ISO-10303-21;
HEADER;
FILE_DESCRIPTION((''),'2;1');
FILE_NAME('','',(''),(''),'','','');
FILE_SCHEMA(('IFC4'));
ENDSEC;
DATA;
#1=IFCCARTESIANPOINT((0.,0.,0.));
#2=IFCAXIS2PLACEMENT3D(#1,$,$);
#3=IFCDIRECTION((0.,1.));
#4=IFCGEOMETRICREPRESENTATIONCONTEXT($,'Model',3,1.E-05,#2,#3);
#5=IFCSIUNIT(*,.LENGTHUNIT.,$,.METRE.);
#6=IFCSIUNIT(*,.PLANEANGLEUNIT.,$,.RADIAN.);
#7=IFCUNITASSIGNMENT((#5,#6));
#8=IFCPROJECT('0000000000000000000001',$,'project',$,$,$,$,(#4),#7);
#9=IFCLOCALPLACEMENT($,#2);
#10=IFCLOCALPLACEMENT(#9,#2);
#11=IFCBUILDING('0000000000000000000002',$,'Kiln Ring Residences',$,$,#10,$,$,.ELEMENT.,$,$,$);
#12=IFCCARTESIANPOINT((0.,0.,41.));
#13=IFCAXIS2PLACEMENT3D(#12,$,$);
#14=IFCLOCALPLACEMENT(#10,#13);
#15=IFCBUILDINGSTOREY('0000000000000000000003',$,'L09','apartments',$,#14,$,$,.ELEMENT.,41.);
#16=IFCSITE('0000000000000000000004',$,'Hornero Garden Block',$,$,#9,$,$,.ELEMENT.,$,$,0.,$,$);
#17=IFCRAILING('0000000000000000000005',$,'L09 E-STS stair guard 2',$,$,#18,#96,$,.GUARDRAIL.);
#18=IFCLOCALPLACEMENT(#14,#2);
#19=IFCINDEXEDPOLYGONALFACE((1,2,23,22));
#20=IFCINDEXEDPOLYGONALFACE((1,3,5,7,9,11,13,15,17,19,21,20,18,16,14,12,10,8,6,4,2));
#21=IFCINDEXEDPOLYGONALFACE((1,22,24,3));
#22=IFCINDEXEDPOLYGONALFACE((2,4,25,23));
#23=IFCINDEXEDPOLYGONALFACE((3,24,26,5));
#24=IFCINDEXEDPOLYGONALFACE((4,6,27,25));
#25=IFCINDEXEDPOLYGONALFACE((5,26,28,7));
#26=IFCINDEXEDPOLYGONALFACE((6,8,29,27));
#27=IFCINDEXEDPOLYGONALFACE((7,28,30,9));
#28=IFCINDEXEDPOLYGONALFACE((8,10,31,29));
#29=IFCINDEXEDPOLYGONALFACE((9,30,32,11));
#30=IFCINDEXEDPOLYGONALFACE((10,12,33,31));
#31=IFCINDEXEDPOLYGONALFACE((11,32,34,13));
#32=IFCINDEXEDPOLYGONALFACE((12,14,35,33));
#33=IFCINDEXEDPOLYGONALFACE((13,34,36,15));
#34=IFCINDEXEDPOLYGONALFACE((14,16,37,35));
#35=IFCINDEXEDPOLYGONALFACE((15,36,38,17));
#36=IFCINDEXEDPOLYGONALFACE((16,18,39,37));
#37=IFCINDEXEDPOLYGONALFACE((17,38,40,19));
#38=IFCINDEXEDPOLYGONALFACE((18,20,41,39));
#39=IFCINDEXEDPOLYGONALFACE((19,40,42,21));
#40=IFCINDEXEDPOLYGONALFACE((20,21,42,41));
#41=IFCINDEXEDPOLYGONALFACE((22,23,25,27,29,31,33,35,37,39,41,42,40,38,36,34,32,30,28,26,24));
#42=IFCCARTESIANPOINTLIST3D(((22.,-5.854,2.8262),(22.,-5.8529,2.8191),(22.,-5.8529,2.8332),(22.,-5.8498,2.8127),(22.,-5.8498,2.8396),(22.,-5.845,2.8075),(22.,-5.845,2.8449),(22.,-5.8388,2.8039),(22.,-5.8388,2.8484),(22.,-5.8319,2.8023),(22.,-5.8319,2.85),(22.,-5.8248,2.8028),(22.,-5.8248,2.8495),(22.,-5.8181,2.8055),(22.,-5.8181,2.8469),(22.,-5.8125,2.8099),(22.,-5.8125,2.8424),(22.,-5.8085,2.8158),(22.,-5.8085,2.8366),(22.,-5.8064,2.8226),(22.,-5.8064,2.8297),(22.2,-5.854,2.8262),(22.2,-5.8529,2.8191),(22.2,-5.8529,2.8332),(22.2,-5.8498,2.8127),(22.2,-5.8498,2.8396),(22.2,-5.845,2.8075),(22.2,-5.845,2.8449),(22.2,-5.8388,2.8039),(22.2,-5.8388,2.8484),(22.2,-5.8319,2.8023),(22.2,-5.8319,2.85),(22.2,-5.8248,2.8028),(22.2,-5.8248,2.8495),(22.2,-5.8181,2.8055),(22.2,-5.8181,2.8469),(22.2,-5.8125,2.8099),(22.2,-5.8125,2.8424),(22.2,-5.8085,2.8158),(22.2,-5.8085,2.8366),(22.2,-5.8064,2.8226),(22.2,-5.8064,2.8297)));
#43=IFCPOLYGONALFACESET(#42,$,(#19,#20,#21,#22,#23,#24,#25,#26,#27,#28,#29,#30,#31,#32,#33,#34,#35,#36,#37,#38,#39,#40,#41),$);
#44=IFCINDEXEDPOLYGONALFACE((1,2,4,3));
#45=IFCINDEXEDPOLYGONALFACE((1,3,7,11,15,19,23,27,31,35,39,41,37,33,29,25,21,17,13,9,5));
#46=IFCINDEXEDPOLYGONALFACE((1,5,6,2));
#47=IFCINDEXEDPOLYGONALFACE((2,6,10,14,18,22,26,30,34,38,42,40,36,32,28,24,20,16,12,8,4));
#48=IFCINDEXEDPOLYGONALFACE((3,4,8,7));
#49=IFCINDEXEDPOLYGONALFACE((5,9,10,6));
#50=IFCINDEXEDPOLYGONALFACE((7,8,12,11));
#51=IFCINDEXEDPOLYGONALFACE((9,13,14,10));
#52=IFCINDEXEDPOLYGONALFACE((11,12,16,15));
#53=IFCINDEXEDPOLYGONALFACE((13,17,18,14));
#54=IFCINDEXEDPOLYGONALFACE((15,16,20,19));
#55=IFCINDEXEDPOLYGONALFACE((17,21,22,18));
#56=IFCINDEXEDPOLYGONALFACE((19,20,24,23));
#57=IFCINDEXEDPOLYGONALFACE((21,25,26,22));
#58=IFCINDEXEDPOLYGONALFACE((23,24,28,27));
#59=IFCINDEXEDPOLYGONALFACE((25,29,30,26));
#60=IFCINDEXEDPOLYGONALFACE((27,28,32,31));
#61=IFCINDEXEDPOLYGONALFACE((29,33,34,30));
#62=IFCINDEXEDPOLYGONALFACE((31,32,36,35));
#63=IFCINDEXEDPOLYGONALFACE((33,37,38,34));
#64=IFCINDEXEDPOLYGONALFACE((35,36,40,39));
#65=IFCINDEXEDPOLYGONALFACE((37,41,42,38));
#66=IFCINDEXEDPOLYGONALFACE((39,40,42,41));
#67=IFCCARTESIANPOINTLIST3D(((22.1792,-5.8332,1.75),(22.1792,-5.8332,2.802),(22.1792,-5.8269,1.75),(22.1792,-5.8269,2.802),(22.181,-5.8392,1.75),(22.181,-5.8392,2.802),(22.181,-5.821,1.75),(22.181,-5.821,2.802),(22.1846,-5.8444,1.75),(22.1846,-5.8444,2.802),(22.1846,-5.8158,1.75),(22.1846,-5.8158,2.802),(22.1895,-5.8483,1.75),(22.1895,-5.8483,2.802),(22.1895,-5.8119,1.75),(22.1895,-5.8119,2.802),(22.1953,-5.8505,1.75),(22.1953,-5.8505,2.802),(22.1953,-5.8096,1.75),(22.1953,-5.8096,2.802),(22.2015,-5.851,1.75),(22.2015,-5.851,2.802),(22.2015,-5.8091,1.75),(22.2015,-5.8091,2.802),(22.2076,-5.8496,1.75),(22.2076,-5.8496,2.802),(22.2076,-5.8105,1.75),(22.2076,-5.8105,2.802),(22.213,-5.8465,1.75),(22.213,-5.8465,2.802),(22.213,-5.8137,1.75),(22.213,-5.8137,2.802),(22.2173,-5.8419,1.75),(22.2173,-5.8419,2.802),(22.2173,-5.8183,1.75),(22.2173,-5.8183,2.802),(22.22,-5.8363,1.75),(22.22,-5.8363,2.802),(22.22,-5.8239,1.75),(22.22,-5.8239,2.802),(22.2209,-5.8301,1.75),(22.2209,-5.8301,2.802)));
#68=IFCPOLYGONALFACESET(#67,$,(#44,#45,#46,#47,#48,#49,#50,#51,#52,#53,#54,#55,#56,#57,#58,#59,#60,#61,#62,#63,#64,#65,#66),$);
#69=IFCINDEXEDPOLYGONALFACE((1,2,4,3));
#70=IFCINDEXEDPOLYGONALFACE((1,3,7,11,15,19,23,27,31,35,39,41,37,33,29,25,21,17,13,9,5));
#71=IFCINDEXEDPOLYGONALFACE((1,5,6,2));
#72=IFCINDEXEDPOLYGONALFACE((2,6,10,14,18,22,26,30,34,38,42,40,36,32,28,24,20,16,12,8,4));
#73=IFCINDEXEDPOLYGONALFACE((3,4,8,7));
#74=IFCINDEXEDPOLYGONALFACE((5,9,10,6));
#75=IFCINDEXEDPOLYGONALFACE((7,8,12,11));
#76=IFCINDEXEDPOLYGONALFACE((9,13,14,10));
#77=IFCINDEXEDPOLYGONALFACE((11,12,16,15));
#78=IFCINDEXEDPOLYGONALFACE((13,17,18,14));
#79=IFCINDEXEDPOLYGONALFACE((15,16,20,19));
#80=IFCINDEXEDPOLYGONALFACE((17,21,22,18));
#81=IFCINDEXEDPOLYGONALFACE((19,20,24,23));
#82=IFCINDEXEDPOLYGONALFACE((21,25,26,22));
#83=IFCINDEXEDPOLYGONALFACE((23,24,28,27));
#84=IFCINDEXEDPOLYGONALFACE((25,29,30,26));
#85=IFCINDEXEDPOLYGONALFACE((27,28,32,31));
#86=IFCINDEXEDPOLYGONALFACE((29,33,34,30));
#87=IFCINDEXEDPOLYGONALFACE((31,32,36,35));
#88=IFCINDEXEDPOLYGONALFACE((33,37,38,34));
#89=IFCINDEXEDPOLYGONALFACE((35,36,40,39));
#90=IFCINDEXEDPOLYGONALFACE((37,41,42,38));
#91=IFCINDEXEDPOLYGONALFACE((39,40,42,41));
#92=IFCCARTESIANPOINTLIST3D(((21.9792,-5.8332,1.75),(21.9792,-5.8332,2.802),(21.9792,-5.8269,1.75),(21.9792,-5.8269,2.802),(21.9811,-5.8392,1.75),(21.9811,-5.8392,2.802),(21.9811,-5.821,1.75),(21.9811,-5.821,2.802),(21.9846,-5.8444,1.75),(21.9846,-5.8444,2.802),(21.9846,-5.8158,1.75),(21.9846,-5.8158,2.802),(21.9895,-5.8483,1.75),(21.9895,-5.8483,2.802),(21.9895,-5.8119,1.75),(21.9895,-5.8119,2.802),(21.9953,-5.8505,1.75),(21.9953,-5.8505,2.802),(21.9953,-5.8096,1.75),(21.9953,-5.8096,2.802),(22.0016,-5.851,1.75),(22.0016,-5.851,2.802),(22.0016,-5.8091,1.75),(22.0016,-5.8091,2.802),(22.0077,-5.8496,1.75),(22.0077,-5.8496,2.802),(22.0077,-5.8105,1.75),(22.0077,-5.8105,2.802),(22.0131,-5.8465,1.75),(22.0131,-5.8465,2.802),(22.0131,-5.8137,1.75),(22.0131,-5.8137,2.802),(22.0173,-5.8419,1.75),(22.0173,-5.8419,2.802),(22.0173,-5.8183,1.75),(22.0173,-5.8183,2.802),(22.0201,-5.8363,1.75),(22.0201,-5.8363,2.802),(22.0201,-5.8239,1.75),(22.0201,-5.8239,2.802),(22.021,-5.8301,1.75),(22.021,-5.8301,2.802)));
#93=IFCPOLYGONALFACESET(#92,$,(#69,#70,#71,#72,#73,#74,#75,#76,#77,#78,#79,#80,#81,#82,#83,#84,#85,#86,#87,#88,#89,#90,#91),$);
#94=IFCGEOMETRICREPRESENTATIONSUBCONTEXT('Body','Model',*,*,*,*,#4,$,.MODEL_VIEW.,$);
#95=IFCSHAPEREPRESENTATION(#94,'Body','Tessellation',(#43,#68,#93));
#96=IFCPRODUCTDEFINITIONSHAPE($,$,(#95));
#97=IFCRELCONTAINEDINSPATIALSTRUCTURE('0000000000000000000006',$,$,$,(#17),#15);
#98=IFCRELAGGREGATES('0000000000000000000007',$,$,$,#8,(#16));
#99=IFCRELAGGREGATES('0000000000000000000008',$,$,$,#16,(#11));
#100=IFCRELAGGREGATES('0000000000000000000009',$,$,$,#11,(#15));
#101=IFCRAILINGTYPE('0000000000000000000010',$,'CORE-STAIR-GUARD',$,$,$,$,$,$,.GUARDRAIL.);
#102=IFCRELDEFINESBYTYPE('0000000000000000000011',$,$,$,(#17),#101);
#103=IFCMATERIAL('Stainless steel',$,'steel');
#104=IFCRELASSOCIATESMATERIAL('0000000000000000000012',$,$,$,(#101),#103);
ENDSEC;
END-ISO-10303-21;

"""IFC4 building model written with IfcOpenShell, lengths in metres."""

from ifc_helpers import new_model, si_unit, direction, frame, origin, origin_2d, place, context, subcontext, project, spatial, circle, extrude, material, type_object, element, save


model = new_model("IFC4")

# Units and contexts
model_context = context("Model", 3, precision=1e-05, world=origin(), true_north=direction((0.0, 1.0)))
body_context = subcontext(model_context, "Body", "Model", "MODEL_VIEW")
ifc_project = project(units=[si_unit("LENGTHUNIT", "METRE"), si_unit("PLANEANGLEUNIT", "RADIAN")], contexts=[model_context])

# Site, building, storey
site_placement = place(None, origin())
site = spatial("IfcSite", under=ifc_project, at=site_placement, Name="Hornero Garden Block", CompositionType="ELEMENT", RefElevation=0.0)
building_placement = place(site_placement, origin())
building = spatial("IfcBuilding", under=site, at=building_placement, Name="Kiln Ring Residences", CompositionType="ELEMENT")
storey_placement = place(building_placement, frame((0.0, 0.0, 41.0)))
storey = spatial("IfcBuildingStorey", under=building, at=storey_placement, Name="L09", Description="apartments", CompositionType="ELEMENT", Elevation=41.0)

# Railing
ifc_material_1 = material(Name="Stainless steel", Category="steel")
railing_type_1 = type_object("IfcRailingType", Name="CORE-STAIR-GUARD", PredefinedType="GUARDRAIL", material=ifc_material_1)
railing_1_placement = place(storey_placement, frame((22.2, -5.8301, 1.75)))
element("IfcRailing", 1, at=railing_1_placement, inside=storey, type_object=railing_type_1, Name="L09 E-STS stair guard 2", PredefinedType="GUARDRAIL", context=body_context, shape_type="SweptSolid", body=[
    extrude(circle(Radius=0.0239, at=origin_2d()), frame((0.0, 0.0, 1.0762), z_axis=(-1.0, 0.0, 0.0), x_axis=(0.0, -1.0, 0.0)), (0.0, 0.0, 1.0), 0.2),
    extrude(circle(Radius=0.021, at=origin_2d()), origin(), (0.0, 0.0, 1.0), 1.052),
    extrude(circle(Radius=0.021, at=origin_2d()), frame((-0.2, 0.0, 0.0)), (0.0, 0.0, 1.0), 1.052),
])

save(model, "model.ifc")
